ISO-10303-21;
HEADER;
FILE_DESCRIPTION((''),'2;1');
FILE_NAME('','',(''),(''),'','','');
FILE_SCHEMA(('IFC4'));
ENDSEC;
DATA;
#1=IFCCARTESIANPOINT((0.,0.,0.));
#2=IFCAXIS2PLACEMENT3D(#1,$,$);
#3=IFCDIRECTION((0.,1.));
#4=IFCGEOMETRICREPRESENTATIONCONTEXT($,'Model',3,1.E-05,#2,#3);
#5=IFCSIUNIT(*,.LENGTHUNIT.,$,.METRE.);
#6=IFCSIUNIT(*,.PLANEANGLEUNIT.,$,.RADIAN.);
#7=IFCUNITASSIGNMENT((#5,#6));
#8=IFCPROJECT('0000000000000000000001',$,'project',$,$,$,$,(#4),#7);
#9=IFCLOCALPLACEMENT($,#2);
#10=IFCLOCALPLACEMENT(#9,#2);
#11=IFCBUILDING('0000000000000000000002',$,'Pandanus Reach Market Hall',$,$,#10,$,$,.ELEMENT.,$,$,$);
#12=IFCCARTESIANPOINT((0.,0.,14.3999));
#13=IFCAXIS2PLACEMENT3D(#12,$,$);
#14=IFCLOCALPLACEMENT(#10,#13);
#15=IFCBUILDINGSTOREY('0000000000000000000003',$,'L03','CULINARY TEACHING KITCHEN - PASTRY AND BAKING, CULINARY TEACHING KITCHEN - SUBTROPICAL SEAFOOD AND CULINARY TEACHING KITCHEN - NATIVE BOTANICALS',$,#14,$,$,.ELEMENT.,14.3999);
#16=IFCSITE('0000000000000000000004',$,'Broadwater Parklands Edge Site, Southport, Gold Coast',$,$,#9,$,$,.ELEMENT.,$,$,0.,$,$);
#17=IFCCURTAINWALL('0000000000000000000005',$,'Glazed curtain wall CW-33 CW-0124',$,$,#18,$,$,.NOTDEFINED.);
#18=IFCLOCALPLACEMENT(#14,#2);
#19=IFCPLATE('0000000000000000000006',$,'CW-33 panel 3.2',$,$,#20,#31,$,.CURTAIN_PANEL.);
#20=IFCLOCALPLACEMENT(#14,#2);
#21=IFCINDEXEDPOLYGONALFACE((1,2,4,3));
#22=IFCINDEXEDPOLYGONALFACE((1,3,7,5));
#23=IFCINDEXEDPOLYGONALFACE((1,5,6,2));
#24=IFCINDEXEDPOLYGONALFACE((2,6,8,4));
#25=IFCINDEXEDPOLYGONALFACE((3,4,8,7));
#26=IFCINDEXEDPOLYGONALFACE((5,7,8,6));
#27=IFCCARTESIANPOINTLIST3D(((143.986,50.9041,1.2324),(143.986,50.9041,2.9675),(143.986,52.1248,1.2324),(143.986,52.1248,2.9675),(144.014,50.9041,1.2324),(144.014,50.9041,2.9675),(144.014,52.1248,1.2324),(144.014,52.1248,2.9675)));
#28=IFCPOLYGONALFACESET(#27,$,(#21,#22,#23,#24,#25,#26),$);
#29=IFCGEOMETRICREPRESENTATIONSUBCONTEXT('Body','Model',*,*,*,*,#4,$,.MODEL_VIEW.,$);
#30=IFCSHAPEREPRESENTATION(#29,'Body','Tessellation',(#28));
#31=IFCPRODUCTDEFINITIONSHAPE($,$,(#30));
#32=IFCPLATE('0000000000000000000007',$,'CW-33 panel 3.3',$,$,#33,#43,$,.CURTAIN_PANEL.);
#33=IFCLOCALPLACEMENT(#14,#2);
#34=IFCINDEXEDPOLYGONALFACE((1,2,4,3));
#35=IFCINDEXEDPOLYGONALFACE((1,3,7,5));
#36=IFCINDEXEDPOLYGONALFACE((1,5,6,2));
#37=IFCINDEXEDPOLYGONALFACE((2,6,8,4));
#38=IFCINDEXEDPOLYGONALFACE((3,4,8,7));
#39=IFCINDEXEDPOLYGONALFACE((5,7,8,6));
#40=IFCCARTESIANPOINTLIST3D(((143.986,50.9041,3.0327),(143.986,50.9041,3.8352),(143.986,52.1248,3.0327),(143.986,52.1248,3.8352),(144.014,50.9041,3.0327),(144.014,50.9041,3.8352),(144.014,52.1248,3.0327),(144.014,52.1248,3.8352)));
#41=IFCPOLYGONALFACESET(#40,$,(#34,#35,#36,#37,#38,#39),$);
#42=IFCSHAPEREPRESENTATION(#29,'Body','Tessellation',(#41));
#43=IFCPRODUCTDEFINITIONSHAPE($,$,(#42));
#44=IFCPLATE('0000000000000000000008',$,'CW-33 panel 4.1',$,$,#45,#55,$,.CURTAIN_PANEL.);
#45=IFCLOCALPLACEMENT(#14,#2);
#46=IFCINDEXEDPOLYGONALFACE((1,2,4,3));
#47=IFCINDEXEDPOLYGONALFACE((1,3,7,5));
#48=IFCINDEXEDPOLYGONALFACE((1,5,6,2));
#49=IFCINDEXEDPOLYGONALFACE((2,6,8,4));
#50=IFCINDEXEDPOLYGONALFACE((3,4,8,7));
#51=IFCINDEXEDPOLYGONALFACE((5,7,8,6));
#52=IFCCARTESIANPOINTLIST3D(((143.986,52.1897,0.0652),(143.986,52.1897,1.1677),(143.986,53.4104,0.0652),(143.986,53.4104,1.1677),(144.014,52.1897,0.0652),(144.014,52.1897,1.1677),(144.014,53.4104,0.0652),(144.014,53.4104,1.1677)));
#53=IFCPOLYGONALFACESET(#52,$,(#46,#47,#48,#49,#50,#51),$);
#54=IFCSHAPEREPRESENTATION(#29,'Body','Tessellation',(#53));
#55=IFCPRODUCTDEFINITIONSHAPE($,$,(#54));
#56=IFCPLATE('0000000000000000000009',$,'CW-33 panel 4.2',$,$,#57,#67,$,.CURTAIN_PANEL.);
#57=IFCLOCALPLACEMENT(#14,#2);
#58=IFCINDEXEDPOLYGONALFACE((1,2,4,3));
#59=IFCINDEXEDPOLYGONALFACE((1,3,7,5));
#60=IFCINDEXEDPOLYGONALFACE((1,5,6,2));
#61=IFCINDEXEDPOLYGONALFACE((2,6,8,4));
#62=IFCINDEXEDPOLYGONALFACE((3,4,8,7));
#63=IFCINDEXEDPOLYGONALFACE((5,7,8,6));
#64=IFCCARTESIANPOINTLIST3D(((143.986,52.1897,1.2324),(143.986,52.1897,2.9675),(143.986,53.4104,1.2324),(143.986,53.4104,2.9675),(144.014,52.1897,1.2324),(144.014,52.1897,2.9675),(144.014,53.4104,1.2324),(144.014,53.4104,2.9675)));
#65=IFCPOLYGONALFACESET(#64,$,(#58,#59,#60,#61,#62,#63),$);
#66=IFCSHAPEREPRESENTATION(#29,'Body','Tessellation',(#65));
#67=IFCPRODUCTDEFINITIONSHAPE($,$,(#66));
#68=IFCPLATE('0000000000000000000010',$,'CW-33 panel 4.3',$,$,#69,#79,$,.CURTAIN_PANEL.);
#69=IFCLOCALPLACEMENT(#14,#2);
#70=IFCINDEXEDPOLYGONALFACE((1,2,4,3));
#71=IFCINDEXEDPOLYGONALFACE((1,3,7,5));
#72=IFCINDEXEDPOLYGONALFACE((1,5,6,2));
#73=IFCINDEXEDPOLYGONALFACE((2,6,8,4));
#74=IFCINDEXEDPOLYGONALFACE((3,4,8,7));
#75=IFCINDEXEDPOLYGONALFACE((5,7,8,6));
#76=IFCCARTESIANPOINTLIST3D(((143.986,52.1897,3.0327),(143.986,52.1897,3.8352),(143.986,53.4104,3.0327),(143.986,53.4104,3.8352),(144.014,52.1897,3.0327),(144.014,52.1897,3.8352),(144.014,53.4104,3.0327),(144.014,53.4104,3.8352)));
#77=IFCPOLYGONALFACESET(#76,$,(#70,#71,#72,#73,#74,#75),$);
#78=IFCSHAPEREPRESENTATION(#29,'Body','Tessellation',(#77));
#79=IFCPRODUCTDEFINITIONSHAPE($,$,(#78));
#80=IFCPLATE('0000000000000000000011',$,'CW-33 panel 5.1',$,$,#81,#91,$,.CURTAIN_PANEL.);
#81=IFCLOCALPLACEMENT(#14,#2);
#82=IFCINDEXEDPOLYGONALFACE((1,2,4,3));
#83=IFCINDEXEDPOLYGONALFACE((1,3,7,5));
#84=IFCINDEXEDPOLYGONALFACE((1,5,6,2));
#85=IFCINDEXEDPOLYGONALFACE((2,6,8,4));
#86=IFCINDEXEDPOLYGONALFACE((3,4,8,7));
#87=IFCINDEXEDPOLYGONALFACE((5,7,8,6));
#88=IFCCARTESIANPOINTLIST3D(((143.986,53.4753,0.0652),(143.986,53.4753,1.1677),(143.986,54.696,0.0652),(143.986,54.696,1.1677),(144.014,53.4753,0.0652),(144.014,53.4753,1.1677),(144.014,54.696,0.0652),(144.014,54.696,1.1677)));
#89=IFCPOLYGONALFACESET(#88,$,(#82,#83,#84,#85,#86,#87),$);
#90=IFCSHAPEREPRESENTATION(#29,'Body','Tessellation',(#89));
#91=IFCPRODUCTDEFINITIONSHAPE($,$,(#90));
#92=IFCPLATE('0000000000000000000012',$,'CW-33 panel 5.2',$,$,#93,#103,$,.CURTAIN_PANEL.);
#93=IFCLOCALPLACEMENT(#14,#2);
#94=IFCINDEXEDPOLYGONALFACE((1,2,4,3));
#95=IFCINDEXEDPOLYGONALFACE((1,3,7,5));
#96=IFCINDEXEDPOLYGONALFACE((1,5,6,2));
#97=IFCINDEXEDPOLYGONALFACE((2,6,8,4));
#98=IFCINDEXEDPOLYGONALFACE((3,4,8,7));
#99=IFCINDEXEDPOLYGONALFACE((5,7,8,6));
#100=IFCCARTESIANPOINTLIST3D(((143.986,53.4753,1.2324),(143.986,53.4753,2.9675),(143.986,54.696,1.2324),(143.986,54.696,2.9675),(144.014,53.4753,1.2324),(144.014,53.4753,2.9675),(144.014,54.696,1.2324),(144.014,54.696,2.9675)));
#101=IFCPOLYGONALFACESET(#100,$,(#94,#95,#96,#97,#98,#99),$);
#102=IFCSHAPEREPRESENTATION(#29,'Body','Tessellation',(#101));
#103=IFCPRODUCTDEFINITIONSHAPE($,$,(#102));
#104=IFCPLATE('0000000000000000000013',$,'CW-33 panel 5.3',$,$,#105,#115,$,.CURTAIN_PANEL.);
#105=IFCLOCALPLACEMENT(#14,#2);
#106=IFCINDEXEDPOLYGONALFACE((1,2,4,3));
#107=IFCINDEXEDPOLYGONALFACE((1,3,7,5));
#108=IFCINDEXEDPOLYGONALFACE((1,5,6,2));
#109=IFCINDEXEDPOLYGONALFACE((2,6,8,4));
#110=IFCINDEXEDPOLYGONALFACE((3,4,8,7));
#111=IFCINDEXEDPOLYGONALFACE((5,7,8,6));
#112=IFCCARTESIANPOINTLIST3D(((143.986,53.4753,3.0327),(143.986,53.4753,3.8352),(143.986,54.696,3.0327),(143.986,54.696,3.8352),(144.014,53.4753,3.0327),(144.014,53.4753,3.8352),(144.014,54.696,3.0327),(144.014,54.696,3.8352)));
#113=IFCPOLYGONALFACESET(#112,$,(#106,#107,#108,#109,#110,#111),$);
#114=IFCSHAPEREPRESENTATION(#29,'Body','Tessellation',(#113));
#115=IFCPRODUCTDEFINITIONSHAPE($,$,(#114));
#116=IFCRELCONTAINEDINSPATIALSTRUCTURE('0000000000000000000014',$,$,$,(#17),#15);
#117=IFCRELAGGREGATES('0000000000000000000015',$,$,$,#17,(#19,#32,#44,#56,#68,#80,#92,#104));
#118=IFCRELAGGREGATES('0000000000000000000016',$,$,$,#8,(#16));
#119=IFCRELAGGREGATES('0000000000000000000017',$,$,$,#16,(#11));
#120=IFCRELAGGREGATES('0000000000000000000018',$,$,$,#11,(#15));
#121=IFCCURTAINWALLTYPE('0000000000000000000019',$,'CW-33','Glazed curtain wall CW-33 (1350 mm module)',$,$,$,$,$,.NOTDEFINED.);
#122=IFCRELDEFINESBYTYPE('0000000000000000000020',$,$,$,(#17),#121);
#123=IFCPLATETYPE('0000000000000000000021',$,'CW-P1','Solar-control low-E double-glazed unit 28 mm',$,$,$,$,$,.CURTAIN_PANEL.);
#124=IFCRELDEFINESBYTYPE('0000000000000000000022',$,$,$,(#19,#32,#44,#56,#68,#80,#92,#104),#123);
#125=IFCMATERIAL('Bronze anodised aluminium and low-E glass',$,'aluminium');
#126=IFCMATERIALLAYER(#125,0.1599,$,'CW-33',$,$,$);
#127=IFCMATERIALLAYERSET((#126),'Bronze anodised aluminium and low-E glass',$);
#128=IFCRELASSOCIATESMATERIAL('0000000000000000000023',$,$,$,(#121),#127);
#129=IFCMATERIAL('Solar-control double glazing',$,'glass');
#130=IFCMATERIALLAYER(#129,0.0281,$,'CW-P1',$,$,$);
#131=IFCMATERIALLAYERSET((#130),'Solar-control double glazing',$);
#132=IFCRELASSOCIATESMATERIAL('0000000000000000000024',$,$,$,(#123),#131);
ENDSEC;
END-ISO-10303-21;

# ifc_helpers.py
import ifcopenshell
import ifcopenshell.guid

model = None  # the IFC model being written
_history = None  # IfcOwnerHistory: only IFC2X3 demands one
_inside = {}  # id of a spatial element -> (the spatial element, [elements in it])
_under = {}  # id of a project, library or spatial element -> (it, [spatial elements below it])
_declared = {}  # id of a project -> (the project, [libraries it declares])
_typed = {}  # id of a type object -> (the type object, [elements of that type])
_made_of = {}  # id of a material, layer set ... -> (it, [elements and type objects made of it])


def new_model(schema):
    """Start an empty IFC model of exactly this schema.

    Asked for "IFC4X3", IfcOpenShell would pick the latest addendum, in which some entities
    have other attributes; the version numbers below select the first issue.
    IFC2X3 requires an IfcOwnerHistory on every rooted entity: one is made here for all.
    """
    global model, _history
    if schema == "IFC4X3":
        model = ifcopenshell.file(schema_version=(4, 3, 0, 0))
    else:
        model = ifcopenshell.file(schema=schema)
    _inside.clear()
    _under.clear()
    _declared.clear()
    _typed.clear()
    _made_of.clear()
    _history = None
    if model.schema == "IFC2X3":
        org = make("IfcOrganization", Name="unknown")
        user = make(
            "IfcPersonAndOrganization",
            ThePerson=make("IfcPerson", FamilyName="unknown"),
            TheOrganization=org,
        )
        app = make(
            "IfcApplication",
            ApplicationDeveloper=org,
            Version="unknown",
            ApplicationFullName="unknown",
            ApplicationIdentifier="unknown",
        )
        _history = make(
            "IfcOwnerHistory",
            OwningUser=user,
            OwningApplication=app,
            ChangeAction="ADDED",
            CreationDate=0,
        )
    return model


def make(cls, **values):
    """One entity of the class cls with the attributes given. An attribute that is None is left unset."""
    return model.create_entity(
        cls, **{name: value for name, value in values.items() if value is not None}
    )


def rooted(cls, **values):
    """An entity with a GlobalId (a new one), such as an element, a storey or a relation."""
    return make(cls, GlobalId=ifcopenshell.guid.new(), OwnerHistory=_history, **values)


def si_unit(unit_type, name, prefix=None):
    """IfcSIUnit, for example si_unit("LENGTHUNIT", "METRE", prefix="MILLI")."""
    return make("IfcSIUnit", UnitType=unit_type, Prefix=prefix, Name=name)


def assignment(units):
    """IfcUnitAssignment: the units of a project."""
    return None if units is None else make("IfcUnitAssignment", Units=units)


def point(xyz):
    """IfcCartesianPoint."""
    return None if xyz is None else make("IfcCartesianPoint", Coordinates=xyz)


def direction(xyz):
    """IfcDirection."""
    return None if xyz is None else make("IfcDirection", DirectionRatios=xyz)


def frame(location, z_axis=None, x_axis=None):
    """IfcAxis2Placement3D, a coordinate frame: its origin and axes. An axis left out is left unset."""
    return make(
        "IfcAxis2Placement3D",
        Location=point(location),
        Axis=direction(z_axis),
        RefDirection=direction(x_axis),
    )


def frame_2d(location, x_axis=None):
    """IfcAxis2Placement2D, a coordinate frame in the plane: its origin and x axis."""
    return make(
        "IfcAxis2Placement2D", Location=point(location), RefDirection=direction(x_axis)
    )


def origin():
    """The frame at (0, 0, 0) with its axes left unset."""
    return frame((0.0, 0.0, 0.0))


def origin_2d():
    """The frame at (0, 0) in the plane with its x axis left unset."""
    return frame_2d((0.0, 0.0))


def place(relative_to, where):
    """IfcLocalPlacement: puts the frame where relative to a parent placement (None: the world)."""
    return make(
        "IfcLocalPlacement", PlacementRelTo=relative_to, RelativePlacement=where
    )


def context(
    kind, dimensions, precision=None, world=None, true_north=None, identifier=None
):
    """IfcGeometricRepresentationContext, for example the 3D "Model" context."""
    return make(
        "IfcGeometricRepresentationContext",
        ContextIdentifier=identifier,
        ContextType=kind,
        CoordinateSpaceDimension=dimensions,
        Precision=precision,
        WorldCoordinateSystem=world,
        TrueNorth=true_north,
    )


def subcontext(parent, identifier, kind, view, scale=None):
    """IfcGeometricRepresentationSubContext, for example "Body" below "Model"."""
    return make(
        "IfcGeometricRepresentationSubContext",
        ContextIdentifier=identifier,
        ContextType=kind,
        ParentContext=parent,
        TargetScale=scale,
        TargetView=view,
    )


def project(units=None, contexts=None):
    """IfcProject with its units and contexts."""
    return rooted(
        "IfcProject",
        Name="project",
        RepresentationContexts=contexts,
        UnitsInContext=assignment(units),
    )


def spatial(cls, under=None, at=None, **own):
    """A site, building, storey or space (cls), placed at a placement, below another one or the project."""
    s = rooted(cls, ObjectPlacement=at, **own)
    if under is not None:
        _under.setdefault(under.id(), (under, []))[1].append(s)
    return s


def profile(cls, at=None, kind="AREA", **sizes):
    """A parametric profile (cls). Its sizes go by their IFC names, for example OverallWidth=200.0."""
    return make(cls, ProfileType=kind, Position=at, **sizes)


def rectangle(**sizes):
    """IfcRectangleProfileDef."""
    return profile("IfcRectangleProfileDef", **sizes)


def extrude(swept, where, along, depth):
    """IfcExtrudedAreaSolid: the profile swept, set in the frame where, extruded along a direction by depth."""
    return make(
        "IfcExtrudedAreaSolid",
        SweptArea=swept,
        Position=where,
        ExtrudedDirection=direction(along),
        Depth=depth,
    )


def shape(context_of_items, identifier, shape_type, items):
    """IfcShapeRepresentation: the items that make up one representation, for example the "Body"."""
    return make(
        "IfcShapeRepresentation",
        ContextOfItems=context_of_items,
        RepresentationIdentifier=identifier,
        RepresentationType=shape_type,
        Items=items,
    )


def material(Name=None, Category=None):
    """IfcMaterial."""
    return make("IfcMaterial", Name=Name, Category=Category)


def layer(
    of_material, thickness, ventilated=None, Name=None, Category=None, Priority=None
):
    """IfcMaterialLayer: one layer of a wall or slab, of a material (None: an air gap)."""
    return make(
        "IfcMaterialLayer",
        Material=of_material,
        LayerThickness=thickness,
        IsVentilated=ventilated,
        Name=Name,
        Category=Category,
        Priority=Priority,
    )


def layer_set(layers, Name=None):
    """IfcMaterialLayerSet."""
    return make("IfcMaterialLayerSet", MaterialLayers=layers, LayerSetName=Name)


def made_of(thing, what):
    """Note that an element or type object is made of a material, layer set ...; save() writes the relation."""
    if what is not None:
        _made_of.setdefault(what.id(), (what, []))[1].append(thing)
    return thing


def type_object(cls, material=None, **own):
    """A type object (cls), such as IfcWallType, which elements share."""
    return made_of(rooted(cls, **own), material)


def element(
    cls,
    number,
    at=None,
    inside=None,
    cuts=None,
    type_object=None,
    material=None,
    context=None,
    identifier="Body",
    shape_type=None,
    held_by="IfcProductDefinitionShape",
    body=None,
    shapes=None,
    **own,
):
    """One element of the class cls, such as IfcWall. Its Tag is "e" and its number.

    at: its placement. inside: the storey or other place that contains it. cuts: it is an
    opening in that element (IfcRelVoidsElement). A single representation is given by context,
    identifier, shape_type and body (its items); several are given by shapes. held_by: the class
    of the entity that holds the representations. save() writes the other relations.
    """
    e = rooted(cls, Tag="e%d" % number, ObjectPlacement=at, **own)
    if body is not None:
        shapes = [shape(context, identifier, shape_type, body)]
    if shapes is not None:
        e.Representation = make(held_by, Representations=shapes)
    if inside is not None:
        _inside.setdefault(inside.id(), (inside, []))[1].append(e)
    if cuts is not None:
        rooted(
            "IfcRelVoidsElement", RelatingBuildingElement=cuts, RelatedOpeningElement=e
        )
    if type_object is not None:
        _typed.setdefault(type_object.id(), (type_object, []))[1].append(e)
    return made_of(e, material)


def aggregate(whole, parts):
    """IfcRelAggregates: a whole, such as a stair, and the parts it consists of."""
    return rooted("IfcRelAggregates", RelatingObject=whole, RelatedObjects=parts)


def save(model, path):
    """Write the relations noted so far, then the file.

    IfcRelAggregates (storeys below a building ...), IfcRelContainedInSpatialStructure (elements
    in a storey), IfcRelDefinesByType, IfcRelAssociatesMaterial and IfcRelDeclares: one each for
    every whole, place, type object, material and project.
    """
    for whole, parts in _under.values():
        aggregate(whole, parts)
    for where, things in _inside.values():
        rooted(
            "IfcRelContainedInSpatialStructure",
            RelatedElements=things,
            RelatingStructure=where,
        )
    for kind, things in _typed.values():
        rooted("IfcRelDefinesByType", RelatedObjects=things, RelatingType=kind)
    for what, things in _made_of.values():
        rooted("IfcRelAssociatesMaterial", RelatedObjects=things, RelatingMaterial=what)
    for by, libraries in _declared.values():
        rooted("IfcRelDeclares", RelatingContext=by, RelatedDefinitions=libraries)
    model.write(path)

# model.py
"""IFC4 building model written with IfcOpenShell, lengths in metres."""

from ifc_helpers import new_model, si_unit, direction, frame, origin, origin_2d, place, context, subcontext, project, spatial, rectangle, extrude, material, layer, layer_set, type_object, element, aggregate, save


model = new_model("IFC4")

# Units and contexts
model_context = context("Model", 3, precision=1e-05, world=origin(), true_north=direction((0.0, 1.0)))
body_context = subcontext(model_context, "Body", "Model", "MODEL_VIEW")
ifc_project = project(units=[si_unit("LENGTHUNIT", "METRE"), si_unit("PLANEANGLEUNIT", "RADIAN")], contexts=[model_context])

# Site, building, storey
site_placement = place(None, origin())
site = spatial("IfcSite", under=ifc_project, at=site_placement, Name="Broadwater Parklands Edge Site, Southport, Gold Coast", CompositionType="ELEMENT", RefElevation=0.0)
building_placement = place(site_placement, origin())
building = spatial("IfcBuilding", under=site, at=building_placement, Name="Pandanus Reach Market Hall", CompositionType="ELEMENT")
storey_placement = place(building_placement, frame((0.0, 0.0, 14.3999)))
storey = spatial("IfcBuildingStorey", under=building, at=storey_placement, Name="L03", Description="CULINARY TEACHING KITCHEN - PASTRY AND BAKING, CULINARY TEACHING KITCHEN - SUBTROPICAL SEAFOOD AND CULINARY TEACHING KITCHEN - NATIVE BOTANICALS", CompositionType="ELEMENT", Elevation=14.3999)

# Curtain wall, plates
ifc_material_1 = material(Name="Bronze anodised aluminium and low-E glass", Category="aluminium")
ifc_layer_1 = layer(ifc_material_1, 0.1599, Name="CW-33")
ifc_layer_set_1 = layer_set([ifc_layer_1], Name="Bronze anodised aluminium and low-E glass")
curtain_wall_type = type_object("IfcCurtainWallType", Name="CW-33", Description="Glazed curtain wall CW-33 (1350 mm module)", PredefinedType="NOTDEFINED", material=ifc_layer_set_1)
curtain_wall_placement = place(storey_placement, origin())
curtain_wall = element("IfcCurtainWall", 1, at=curtain_wall_placement, inside=storey, type_object=curtain_wall_type, Name="Glazed curtain wall CW-33 CW-0124", PredefinedType="NOTDEFINED")
ifc_material_2 = material(Name="Solar-control double glazing", Category="glass")
ifc_layer_2 = layer(ifc_material_2, 0.0281, Name="CW-P1")
ifc_layer_set_2 = layer_set([ifc_layer_2], Name="Solar-control double glazing")
plate_type = type_object("IfcPlateType", Name="CW-P1", Description="Solar-control low-E double-glazed unit 28 mm", PredefinedType="CURTAIN_PANEL", material=ifc_layer_set_2)
plate_1_placement = place(storey_placement, frame((144.0, 51.5144, 1.2324), z_axis=(0.0, 0.0, 1.0), x_axis=(0.0, 1.0, 0.0)))
plate_1 = element("IfcPlate", 2, at=plate_1_placement, type_object=plate_type, Name="CW-33 panel 3.2", PredefinedType="CURTAIN_PANEL", context=body_context, shape_type="SweptSolid", body=[
    extrude(rectangle(XDim=1.2207, YDim=0.0281, at=origin_2d()), origin(), (0.0, 0.0, 1.0), 1.7351),
])
plate_2_placement = place(storey_placement, frame((144.0, 51.5144, 3.0327), z_axis=(0.0, 0.0, 1.0), x_axis=(0.0, 1.0, 0.0)))
plate_2 = element("IfcPlate", 3, at=plate_2_placement, type_object=plate_type, Name="CW-33 panel 3.3", PredefinedType="CURTAIN_PANEL", context=body_context, shape_type="SweptSolid", body=[
    extrude(rectangle(XDim=1.2207, YDim=0.0281, at=origin_2d()), origin(), (0.0, 0.0, 1.0), 0.8025),
])
plate_3_placement = place(storey_placement, frame((144.0, 52.8, 0.0652), z_axis=(0.0, 0.0, 1.0), x_axis=(0.0, 1.0, 0.0)))
plate_3 = element("IfcPlate", 4, at=plate_3_placement, type_object=plate_type, Name="CW-33 panel 4.1", PredefinedType="CURTAIN_PANEL", context=body_context, shape_type="SweptSolid", body=[
    extrude(rectangle(XDim=1.2207, YDim=0.0281, at=origin_2d()), origin(), (0.0, 0.0, 1.0), 1.1025),
])
plate_4_placement = place(storey_placement, frame((144.0, 52.8, 1.2324), z_axis=(0.0, 0.0, 1.0), x_axis=(0.0, 1.0, 0.0)))
plate_4 = element("IfcPlate", 5, at=plate_4_placement, type_object=plate_type, Name="CW-33 panel 4.2", PredefinedType="CURTAIN_PANEL", context=body_context, shape_type="SweptSolid", body=[
    extrude(rectangle(XDim=1.2207, YDim=0.0281, at=origin_2d()), origin(), (0.0, 0.0, 1.0), 1.7351),
])
plate_5_placement = place(storey_placement, frame((144.0, 52.8, 3.0327), z_axis=(0.0, 0.0, 1.0), x_axis=(0.0, 1.0, 0.0)))
plate_5 = element("IfcPlate", 6, at=plate_5_placement, type_object=plate_type, Name="CW-33 panel 4.3", PredefinedType="CURTAIN_PANEL", context=body_context, shape_type="SweptSolid", body=[
    extrude(rectangle(XDim=1.2207, YDim=0.0281, at=origin_2d()), origin(), (0.0, 0.0, 1.0), 0.8025),
])
plate_6_placement = place(storey_placement, frame((144.0, 54.0857, 0.0652), z_axis=(0.0, 0.0, 1.0), x_axis=(0.0, 1.0, 0.0)))
plate_6 = element("IfcPlate", 7, at=plate_6_placement, type_object=plate_type, Name="CW-33 panel 5.1", PredefinedType="CURTAIN_PANEL", context=body_context, shape_type="SweptSolid", body=[
    extrude(rectangle(XDim=1.2207, YDim=0.0281, at=origin_2d()), origin(), (0.0, 0.0, 1.0), 1.1025),
])
plate_7_placement = place(storey_placement, frame((144.0, 54.0857, 1.2324), z_axis=(0.0, 0.0, 1.0), x_axis=(0.0, 1.0, 0.0)))
plate_7 = element("IfcPlate", 8, at=plate_7_placement, type_object=plate_type, Name="CW-33 panel 5.2", PredefinedType="CURTAIN_PANEL", context=body_context, shape_type="SweptSolid", body=[
    extrude(rectangle(XDim=1.2207, YDim=0.0281, at=origin_2d()), origin(), (0.0, 0.0, 1.0), 1.7351),
])
plate_8_placement = place(storey_placement, frame((144.0, 54.0857, 3.0327), z_axis=(0.0, 0.0, 1.0), x_axis=(0.0, 1.0, 0.0)))
plate_8 = element("IfcPlate", 9, at=plate_8_placement, type_object=plate_type, Name="CW-33 panel 5.3", PredefinedType="CURTAIN_PANEL", context=body_context, shape_type="SweptSolid", body=[
    extrude(rectangle(XDim=1.2207, YDim=0.0281, at=origin_2d()), origin(), (0.0, 0.0, 1.0), 0.8025),
])
aggregate(curtain_wall, [plate_1, plate_2, plate_3, plate_4, plate_5, plate_6, plate_7, plate_8])

save(model, "model.ifc")
